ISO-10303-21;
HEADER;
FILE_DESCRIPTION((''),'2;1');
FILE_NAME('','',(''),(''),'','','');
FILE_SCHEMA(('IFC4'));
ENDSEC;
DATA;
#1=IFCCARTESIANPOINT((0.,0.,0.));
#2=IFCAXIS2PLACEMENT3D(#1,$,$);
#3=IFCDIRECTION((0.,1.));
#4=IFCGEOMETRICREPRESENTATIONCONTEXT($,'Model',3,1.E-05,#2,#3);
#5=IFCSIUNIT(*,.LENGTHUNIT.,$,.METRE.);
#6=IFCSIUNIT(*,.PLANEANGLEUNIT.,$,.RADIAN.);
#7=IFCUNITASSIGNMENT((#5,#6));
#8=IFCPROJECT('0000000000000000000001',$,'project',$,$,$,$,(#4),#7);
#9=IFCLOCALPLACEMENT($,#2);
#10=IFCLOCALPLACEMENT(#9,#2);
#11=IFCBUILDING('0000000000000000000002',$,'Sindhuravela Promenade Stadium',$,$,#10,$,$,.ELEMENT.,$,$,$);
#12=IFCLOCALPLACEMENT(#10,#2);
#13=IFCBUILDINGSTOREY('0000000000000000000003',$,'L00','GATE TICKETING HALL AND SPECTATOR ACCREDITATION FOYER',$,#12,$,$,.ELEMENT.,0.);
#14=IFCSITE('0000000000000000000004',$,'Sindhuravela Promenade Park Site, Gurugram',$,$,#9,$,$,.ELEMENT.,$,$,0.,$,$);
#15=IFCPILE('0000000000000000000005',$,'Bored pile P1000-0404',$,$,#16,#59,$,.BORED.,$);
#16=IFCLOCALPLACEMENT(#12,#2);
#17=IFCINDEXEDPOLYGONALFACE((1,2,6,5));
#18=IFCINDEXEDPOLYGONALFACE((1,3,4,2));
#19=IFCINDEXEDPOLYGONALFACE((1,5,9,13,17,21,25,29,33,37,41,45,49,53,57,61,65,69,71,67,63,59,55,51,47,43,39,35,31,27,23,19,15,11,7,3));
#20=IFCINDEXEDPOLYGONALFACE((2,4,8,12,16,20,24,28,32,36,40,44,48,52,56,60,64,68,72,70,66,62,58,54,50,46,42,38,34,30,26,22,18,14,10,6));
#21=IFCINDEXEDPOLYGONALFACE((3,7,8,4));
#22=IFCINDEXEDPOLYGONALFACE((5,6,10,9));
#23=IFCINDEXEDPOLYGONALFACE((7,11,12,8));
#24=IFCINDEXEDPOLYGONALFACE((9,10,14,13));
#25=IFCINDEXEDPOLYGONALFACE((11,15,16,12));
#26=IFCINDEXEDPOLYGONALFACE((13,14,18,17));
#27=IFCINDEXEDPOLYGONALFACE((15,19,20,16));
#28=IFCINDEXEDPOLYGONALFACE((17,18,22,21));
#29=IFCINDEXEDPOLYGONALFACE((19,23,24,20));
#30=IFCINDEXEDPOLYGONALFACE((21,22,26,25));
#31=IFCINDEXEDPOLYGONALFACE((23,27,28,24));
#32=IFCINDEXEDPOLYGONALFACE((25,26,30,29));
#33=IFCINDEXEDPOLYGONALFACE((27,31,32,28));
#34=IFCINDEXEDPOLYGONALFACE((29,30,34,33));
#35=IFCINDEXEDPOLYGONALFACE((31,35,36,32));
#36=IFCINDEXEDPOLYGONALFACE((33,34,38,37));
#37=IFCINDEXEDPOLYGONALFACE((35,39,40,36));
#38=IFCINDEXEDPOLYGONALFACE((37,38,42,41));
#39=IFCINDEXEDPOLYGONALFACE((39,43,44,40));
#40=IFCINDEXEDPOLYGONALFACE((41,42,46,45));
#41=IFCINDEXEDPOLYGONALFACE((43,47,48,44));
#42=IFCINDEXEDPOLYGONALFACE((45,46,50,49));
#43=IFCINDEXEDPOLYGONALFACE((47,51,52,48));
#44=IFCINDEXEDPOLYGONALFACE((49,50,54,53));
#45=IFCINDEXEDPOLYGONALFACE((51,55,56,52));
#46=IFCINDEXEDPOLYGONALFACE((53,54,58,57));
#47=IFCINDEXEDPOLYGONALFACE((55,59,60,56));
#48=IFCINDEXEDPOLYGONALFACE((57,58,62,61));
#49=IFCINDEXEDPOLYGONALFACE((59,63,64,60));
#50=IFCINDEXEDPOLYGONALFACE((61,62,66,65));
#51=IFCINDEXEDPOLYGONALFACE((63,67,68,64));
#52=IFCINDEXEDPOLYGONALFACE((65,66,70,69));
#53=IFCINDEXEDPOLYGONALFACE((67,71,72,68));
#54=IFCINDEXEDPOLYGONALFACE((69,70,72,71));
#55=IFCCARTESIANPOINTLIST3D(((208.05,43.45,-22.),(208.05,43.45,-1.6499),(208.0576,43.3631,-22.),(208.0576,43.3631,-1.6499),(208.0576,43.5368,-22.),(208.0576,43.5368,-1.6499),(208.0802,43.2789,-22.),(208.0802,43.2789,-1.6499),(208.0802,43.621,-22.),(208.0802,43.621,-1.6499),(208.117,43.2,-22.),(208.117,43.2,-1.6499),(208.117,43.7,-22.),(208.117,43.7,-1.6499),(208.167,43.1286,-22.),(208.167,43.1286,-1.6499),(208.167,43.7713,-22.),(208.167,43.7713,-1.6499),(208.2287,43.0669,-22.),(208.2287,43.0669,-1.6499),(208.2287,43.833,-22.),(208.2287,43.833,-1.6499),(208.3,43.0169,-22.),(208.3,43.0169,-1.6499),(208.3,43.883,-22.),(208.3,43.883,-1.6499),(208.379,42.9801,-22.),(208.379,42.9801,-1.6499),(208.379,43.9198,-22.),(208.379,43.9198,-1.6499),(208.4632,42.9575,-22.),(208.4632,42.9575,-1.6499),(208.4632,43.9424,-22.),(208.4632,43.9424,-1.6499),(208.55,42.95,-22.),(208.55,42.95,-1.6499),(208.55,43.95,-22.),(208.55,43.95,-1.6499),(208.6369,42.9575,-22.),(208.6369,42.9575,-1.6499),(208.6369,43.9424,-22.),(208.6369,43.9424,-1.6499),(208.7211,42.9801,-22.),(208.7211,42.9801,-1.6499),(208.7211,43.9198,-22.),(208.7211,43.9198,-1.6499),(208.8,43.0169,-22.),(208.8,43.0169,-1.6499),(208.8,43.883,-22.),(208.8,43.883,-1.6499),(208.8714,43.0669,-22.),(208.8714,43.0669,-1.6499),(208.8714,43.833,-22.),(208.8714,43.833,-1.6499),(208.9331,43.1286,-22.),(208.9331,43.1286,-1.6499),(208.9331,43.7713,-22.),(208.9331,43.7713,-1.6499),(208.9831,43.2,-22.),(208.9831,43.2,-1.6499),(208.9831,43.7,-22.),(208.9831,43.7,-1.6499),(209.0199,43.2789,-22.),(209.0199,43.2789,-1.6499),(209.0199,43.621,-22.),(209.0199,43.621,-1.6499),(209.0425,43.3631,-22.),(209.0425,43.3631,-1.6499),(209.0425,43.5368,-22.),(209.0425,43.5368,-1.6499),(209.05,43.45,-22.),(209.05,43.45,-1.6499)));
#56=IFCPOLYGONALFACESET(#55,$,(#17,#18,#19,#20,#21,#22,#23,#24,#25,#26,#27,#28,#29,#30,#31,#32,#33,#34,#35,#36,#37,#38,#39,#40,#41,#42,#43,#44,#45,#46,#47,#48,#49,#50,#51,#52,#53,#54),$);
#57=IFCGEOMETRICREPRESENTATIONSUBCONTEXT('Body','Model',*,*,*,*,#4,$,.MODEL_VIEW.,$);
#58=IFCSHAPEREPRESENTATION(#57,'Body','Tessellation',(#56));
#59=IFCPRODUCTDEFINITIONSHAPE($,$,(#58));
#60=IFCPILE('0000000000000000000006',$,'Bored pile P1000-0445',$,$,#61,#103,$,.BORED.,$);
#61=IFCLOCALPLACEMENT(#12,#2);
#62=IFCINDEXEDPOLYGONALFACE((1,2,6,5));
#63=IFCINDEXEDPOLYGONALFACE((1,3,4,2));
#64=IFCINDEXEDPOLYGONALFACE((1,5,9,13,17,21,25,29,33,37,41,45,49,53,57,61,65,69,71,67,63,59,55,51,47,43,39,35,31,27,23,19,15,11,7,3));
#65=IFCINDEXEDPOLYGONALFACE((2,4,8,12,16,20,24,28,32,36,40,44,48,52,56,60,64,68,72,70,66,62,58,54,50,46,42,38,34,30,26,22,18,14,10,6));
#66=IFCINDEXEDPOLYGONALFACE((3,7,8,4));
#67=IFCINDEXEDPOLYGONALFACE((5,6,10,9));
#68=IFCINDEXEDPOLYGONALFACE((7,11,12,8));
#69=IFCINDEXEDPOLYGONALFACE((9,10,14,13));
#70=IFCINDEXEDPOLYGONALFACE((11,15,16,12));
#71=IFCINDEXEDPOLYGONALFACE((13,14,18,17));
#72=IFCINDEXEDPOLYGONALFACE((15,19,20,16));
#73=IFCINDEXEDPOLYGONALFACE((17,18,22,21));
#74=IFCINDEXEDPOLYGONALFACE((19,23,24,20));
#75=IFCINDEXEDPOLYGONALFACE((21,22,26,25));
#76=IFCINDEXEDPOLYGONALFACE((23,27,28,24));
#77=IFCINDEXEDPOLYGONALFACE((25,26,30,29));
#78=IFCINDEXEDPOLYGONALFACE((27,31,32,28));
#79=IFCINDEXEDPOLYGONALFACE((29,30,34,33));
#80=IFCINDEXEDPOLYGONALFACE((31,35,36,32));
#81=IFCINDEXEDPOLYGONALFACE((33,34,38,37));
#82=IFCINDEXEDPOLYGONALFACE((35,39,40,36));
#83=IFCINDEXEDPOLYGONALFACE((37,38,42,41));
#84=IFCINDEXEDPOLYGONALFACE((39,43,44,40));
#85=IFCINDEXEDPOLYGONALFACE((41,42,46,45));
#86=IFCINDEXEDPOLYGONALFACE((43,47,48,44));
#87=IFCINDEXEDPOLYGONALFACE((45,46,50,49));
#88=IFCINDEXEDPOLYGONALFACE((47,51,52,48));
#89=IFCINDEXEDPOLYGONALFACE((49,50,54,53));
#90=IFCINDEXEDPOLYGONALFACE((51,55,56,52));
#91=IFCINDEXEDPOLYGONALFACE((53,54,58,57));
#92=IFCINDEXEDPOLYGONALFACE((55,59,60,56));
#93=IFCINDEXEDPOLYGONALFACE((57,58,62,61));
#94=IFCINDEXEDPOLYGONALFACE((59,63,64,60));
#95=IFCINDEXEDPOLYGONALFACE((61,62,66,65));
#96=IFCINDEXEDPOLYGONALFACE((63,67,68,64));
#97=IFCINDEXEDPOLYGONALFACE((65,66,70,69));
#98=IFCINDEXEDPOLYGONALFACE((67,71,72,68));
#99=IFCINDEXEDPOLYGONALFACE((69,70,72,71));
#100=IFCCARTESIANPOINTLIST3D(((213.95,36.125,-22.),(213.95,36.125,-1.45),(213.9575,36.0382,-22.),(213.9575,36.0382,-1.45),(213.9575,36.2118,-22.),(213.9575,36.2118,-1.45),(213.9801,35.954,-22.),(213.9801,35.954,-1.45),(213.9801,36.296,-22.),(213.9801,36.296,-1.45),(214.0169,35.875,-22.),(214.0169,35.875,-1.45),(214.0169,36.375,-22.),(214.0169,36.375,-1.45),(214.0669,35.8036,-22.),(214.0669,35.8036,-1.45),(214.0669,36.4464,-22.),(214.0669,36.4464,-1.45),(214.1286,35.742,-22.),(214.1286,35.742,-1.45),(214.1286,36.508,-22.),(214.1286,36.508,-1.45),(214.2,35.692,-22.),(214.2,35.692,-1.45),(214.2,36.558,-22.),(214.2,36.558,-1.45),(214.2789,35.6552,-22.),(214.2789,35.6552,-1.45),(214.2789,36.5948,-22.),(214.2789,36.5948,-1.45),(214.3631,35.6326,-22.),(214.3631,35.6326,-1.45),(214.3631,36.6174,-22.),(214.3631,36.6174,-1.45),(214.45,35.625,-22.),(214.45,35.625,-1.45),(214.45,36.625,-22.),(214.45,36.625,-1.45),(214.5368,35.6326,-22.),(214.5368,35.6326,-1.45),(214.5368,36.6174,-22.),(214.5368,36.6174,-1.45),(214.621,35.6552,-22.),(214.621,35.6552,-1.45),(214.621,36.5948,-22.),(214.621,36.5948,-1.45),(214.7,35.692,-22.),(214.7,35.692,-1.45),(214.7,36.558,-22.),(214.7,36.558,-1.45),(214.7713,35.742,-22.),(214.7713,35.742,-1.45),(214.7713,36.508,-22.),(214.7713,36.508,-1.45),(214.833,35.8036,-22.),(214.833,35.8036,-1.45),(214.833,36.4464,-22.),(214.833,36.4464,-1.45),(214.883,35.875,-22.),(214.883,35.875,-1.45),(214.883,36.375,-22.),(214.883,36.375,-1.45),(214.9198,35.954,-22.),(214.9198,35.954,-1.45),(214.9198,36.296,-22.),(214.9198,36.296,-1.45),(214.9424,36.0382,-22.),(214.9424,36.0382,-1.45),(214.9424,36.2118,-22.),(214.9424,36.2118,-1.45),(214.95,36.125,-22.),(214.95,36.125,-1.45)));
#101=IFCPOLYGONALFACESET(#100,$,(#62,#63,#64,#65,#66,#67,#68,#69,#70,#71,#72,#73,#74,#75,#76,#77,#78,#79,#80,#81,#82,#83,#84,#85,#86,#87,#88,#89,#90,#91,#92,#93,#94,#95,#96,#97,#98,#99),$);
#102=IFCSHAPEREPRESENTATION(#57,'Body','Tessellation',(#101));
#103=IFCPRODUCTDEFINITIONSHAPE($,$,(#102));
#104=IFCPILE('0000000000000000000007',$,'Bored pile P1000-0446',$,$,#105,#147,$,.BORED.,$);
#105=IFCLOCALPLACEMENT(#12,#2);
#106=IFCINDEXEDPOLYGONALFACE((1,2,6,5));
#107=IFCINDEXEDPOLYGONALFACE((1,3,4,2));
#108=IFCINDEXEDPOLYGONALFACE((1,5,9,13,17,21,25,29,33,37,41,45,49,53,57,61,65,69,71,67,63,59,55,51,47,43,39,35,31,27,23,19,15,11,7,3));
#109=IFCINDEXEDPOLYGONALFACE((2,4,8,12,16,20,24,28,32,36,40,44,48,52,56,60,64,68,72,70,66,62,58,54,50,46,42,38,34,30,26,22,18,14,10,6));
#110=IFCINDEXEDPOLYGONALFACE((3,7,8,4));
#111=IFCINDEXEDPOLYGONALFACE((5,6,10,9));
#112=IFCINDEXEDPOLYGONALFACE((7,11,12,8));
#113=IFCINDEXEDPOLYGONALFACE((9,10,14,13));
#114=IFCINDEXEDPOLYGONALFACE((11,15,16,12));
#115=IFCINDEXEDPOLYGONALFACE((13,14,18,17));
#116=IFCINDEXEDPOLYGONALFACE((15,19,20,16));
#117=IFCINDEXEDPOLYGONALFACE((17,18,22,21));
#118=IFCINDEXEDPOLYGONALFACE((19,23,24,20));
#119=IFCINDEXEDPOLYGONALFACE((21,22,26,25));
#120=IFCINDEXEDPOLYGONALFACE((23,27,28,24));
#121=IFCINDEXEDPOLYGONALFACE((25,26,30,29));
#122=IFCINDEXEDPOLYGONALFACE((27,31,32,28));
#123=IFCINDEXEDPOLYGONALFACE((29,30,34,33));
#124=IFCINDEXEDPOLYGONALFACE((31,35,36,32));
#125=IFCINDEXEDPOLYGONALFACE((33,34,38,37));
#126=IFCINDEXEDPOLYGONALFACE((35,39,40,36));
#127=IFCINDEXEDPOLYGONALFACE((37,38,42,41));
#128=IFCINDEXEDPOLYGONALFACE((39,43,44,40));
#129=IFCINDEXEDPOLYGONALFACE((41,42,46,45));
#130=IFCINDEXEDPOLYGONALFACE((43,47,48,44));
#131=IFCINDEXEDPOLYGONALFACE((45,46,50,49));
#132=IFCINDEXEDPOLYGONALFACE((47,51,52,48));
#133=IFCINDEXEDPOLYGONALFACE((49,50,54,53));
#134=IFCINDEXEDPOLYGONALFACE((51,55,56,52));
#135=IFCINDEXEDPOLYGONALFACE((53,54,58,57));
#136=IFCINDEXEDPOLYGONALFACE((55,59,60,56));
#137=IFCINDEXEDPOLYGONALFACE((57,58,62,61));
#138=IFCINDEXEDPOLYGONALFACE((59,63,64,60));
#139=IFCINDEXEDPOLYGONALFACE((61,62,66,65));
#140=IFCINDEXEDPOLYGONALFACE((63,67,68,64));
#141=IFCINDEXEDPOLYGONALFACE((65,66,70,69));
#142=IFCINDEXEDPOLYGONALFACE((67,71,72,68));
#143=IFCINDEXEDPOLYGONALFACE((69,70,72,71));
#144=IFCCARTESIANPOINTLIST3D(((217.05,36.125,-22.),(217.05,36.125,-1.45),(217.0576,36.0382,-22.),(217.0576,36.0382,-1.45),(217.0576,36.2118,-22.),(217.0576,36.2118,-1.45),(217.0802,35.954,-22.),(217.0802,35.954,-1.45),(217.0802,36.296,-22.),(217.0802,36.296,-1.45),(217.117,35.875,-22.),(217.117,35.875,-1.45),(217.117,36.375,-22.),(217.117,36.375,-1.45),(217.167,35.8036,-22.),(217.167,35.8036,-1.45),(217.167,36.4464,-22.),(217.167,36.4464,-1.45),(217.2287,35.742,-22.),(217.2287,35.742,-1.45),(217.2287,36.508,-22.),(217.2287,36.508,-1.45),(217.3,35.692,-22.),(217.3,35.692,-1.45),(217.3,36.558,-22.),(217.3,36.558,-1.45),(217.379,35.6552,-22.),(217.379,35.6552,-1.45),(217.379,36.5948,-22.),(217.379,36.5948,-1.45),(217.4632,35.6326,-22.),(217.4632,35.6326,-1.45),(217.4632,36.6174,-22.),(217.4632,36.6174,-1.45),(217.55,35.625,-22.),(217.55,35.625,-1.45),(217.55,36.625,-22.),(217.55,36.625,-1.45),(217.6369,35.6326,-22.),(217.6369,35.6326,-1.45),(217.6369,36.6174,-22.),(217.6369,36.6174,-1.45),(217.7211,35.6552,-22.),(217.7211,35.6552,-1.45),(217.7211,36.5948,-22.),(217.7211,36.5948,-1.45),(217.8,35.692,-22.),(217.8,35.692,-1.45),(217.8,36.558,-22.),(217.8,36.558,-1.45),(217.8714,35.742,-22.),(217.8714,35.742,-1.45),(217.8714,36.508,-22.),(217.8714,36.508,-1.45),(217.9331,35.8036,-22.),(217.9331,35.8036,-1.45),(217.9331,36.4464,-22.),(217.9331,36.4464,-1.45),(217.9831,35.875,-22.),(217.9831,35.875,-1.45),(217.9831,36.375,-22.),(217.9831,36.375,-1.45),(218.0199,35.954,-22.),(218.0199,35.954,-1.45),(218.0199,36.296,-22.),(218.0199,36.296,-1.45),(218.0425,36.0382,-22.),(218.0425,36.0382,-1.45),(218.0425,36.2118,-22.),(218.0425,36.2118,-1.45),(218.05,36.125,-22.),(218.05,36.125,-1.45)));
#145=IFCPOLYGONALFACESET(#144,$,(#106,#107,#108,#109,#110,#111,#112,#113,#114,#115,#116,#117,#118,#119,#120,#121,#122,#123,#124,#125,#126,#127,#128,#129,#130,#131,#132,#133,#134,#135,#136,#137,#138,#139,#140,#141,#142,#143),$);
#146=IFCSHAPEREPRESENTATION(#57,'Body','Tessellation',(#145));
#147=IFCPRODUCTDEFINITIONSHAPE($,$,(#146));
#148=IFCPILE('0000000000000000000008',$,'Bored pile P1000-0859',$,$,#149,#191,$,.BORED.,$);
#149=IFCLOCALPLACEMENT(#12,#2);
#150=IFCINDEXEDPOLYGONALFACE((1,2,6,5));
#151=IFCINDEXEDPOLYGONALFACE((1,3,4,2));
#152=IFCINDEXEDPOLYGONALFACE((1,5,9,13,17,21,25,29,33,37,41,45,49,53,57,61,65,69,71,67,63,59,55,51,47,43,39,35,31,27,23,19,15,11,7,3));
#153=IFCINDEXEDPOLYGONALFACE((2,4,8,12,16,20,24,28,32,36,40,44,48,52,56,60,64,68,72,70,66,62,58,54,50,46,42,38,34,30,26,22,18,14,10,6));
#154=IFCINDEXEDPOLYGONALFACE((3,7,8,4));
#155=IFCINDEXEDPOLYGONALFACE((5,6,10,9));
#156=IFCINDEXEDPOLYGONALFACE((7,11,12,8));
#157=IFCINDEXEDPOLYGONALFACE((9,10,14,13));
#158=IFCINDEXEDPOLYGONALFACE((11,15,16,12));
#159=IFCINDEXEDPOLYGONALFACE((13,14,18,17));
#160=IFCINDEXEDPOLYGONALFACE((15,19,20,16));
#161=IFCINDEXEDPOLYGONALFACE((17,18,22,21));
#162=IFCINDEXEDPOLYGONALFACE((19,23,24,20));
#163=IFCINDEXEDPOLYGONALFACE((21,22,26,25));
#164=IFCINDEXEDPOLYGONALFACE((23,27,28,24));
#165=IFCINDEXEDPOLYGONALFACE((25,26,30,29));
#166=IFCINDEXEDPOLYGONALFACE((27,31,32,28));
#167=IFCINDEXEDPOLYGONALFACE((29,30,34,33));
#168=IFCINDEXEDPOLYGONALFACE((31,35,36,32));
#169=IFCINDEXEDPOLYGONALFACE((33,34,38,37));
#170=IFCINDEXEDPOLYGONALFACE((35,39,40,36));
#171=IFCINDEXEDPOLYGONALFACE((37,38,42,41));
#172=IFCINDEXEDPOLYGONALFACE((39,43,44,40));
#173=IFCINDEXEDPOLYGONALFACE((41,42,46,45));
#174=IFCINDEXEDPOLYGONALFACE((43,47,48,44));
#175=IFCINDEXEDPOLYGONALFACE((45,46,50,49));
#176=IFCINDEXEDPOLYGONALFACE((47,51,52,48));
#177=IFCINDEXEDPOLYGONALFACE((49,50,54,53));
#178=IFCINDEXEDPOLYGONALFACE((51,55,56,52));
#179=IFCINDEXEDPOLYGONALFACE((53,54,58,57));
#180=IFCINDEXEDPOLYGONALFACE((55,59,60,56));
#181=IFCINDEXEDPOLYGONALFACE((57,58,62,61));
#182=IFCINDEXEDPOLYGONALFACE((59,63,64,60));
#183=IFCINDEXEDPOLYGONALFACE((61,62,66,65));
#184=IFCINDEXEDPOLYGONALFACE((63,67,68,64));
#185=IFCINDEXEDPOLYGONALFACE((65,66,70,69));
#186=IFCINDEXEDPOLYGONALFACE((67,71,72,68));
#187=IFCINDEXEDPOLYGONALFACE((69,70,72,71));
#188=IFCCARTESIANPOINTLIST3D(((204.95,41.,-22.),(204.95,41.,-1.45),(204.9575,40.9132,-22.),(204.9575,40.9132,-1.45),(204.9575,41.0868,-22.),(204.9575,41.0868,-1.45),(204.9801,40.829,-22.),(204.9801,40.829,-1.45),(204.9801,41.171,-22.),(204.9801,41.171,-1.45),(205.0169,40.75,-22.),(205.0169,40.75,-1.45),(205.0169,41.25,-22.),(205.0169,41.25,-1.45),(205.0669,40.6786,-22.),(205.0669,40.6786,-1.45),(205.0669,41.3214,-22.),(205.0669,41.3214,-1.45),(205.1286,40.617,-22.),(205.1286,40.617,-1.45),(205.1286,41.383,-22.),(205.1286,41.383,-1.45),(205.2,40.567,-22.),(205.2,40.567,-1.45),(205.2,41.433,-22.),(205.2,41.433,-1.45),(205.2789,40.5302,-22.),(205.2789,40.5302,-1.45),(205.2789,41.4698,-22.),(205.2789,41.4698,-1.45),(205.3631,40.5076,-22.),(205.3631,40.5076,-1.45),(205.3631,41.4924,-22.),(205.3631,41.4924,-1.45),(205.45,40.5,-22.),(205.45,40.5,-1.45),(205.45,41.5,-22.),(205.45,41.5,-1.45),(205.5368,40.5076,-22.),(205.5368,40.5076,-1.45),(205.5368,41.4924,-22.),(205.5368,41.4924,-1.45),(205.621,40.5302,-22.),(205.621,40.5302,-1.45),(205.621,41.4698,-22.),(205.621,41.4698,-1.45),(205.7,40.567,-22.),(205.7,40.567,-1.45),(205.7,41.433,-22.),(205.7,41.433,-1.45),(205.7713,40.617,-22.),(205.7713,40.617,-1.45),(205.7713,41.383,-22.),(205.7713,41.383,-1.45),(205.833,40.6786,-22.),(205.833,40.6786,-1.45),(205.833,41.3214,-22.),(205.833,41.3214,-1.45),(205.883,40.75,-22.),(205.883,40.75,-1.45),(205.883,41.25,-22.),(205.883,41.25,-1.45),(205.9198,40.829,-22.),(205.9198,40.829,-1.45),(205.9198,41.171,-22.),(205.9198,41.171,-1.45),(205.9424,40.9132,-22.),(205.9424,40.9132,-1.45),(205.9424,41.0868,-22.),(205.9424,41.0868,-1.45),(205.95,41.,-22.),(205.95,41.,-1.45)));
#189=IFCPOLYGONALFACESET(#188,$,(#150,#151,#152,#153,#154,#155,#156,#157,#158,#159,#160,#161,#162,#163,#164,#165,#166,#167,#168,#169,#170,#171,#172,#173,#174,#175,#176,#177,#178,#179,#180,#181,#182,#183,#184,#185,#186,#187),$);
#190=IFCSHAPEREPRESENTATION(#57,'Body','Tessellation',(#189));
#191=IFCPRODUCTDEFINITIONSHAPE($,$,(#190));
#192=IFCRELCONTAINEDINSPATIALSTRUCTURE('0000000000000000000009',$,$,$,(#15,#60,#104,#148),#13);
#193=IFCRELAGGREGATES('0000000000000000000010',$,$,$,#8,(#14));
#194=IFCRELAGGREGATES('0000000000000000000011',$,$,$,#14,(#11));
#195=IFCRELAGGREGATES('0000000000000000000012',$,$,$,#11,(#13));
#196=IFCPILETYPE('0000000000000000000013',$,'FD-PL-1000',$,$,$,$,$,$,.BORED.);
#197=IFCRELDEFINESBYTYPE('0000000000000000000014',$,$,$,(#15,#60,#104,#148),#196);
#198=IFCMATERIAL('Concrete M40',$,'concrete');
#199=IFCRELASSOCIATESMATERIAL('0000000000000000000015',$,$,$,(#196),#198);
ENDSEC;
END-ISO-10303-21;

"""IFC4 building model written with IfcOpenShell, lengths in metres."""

from ifc_helpers import new_model, si_unit, direction, frame, origin, origin_2d, place, context, subcontext, project, spatial, circle, extrude, material, material_profile, profile_set, type_object, element, save


model = new_model("IFC4")

# Units and contexts
model_context = context("Model", 3, precision=1e-05, world=origin(), true_north=direction((0.0, 1.0)))
body_context = subcontext(model_context, "Body", "Model", "MODEL_VIEW")
ifc_project = project(units=[si_unit("LENGTHUNIT", "METRE"), si_unit("PLANEANGLEUNIT", "RADIAN")], contexts=[model_context])

# Site, building, storey
site_placement = place(None, origin())
site = spatial("IfcSite", under=ifc_project, at=site_placement, Name="Sindhuravela Promenade Park Site, Gurugram", CompositionType="ELEMENT", RefElevation=0.0)
building_placement = place(site_placement, origin())
building = spatial("IfcBuilding", under=site, at=building_placement, Name="Sindhuravela Promenade Stadium", CompositionType="ELEMENT")
storey_placement = place(building_placement, origin())
storey = spatial("IfcBuildingStorey", under=building, at=storey_placement, Name="L00", Description="GATE TICKETING HALL AND SPECTATOR ACCREDITATION FOYER", CompositionType="ELEMENT", Elevation=0.0)

# Piles
ifc_material_1 = material(Name="Concrete M40", Category="concrete")
ifc_material_profile_1 = material_profile(ifc_material_1, circle(Radius=0.5, at=origin_2d()), Name="BORED PILE D1000")
ifc_profile_set_1 = profile_set([ifc_material_profile_1], Name="Concrete M40")
pile_type_1 = type_object("IfcPileType", Name="FD-PL-1000", PredefinedType="BORED", material=ifc_profile_set_1)
for number, where, z_axis, x_axis, name in (
    (1, (208.55, 43.45, -1.6499), (0.0, 0.0, -1.0), (1.0, 0.0, 0.0), "Bored pile P1000-0404"),
):
    element("IfcPile", number, at=place(storey_placement, frame(where, z_axis=z_axis, x_axis=x_axis)), inside=storey, type_object=pile_type_1, Name=name, PredefinedType="BORED", context=body_context, shape_type="SweptSolid", body=[
        extrude(circle(Radius=0.5, at=origin_2d()), origin(), (0.0, 0.0, 1.0), 20.3501),
    ])
for number, where, z_axis, x_axis, name in (
    (2, (214.45, 36.125, -1.45), (0.0, 0.0, -1.0), (1.0, 0.0, 0.0), "Bored pile P1000-0445"),
    (3, (217.55, 36.125, -1.45), (0.0, 0.0, -1.0), (1.0, 0.0, 0.0), "Bored pile P1000-0446"),
    (4, (205.45, 41.0, -1.45), (0.0, 0.0, -1.0), (1.0, 0.0, 0.0), "Bored pile P1000-0859"),
):
    element("IfcPile", number, at=place(storey_placement, frame(where, z_axis=z_axis, x_axis=x_axis)), inside=storey, type_object=pile_type_1, Name=name, PredefinedType="BORED", context=body_context, shape_type="SweptSolid", body=[
        extrude(circle(Radius=0.5, at=origin_2d()), origin(), (0.0, 0.0, 1.0), 20.55),
    ])

save(model, "model.ifc")
